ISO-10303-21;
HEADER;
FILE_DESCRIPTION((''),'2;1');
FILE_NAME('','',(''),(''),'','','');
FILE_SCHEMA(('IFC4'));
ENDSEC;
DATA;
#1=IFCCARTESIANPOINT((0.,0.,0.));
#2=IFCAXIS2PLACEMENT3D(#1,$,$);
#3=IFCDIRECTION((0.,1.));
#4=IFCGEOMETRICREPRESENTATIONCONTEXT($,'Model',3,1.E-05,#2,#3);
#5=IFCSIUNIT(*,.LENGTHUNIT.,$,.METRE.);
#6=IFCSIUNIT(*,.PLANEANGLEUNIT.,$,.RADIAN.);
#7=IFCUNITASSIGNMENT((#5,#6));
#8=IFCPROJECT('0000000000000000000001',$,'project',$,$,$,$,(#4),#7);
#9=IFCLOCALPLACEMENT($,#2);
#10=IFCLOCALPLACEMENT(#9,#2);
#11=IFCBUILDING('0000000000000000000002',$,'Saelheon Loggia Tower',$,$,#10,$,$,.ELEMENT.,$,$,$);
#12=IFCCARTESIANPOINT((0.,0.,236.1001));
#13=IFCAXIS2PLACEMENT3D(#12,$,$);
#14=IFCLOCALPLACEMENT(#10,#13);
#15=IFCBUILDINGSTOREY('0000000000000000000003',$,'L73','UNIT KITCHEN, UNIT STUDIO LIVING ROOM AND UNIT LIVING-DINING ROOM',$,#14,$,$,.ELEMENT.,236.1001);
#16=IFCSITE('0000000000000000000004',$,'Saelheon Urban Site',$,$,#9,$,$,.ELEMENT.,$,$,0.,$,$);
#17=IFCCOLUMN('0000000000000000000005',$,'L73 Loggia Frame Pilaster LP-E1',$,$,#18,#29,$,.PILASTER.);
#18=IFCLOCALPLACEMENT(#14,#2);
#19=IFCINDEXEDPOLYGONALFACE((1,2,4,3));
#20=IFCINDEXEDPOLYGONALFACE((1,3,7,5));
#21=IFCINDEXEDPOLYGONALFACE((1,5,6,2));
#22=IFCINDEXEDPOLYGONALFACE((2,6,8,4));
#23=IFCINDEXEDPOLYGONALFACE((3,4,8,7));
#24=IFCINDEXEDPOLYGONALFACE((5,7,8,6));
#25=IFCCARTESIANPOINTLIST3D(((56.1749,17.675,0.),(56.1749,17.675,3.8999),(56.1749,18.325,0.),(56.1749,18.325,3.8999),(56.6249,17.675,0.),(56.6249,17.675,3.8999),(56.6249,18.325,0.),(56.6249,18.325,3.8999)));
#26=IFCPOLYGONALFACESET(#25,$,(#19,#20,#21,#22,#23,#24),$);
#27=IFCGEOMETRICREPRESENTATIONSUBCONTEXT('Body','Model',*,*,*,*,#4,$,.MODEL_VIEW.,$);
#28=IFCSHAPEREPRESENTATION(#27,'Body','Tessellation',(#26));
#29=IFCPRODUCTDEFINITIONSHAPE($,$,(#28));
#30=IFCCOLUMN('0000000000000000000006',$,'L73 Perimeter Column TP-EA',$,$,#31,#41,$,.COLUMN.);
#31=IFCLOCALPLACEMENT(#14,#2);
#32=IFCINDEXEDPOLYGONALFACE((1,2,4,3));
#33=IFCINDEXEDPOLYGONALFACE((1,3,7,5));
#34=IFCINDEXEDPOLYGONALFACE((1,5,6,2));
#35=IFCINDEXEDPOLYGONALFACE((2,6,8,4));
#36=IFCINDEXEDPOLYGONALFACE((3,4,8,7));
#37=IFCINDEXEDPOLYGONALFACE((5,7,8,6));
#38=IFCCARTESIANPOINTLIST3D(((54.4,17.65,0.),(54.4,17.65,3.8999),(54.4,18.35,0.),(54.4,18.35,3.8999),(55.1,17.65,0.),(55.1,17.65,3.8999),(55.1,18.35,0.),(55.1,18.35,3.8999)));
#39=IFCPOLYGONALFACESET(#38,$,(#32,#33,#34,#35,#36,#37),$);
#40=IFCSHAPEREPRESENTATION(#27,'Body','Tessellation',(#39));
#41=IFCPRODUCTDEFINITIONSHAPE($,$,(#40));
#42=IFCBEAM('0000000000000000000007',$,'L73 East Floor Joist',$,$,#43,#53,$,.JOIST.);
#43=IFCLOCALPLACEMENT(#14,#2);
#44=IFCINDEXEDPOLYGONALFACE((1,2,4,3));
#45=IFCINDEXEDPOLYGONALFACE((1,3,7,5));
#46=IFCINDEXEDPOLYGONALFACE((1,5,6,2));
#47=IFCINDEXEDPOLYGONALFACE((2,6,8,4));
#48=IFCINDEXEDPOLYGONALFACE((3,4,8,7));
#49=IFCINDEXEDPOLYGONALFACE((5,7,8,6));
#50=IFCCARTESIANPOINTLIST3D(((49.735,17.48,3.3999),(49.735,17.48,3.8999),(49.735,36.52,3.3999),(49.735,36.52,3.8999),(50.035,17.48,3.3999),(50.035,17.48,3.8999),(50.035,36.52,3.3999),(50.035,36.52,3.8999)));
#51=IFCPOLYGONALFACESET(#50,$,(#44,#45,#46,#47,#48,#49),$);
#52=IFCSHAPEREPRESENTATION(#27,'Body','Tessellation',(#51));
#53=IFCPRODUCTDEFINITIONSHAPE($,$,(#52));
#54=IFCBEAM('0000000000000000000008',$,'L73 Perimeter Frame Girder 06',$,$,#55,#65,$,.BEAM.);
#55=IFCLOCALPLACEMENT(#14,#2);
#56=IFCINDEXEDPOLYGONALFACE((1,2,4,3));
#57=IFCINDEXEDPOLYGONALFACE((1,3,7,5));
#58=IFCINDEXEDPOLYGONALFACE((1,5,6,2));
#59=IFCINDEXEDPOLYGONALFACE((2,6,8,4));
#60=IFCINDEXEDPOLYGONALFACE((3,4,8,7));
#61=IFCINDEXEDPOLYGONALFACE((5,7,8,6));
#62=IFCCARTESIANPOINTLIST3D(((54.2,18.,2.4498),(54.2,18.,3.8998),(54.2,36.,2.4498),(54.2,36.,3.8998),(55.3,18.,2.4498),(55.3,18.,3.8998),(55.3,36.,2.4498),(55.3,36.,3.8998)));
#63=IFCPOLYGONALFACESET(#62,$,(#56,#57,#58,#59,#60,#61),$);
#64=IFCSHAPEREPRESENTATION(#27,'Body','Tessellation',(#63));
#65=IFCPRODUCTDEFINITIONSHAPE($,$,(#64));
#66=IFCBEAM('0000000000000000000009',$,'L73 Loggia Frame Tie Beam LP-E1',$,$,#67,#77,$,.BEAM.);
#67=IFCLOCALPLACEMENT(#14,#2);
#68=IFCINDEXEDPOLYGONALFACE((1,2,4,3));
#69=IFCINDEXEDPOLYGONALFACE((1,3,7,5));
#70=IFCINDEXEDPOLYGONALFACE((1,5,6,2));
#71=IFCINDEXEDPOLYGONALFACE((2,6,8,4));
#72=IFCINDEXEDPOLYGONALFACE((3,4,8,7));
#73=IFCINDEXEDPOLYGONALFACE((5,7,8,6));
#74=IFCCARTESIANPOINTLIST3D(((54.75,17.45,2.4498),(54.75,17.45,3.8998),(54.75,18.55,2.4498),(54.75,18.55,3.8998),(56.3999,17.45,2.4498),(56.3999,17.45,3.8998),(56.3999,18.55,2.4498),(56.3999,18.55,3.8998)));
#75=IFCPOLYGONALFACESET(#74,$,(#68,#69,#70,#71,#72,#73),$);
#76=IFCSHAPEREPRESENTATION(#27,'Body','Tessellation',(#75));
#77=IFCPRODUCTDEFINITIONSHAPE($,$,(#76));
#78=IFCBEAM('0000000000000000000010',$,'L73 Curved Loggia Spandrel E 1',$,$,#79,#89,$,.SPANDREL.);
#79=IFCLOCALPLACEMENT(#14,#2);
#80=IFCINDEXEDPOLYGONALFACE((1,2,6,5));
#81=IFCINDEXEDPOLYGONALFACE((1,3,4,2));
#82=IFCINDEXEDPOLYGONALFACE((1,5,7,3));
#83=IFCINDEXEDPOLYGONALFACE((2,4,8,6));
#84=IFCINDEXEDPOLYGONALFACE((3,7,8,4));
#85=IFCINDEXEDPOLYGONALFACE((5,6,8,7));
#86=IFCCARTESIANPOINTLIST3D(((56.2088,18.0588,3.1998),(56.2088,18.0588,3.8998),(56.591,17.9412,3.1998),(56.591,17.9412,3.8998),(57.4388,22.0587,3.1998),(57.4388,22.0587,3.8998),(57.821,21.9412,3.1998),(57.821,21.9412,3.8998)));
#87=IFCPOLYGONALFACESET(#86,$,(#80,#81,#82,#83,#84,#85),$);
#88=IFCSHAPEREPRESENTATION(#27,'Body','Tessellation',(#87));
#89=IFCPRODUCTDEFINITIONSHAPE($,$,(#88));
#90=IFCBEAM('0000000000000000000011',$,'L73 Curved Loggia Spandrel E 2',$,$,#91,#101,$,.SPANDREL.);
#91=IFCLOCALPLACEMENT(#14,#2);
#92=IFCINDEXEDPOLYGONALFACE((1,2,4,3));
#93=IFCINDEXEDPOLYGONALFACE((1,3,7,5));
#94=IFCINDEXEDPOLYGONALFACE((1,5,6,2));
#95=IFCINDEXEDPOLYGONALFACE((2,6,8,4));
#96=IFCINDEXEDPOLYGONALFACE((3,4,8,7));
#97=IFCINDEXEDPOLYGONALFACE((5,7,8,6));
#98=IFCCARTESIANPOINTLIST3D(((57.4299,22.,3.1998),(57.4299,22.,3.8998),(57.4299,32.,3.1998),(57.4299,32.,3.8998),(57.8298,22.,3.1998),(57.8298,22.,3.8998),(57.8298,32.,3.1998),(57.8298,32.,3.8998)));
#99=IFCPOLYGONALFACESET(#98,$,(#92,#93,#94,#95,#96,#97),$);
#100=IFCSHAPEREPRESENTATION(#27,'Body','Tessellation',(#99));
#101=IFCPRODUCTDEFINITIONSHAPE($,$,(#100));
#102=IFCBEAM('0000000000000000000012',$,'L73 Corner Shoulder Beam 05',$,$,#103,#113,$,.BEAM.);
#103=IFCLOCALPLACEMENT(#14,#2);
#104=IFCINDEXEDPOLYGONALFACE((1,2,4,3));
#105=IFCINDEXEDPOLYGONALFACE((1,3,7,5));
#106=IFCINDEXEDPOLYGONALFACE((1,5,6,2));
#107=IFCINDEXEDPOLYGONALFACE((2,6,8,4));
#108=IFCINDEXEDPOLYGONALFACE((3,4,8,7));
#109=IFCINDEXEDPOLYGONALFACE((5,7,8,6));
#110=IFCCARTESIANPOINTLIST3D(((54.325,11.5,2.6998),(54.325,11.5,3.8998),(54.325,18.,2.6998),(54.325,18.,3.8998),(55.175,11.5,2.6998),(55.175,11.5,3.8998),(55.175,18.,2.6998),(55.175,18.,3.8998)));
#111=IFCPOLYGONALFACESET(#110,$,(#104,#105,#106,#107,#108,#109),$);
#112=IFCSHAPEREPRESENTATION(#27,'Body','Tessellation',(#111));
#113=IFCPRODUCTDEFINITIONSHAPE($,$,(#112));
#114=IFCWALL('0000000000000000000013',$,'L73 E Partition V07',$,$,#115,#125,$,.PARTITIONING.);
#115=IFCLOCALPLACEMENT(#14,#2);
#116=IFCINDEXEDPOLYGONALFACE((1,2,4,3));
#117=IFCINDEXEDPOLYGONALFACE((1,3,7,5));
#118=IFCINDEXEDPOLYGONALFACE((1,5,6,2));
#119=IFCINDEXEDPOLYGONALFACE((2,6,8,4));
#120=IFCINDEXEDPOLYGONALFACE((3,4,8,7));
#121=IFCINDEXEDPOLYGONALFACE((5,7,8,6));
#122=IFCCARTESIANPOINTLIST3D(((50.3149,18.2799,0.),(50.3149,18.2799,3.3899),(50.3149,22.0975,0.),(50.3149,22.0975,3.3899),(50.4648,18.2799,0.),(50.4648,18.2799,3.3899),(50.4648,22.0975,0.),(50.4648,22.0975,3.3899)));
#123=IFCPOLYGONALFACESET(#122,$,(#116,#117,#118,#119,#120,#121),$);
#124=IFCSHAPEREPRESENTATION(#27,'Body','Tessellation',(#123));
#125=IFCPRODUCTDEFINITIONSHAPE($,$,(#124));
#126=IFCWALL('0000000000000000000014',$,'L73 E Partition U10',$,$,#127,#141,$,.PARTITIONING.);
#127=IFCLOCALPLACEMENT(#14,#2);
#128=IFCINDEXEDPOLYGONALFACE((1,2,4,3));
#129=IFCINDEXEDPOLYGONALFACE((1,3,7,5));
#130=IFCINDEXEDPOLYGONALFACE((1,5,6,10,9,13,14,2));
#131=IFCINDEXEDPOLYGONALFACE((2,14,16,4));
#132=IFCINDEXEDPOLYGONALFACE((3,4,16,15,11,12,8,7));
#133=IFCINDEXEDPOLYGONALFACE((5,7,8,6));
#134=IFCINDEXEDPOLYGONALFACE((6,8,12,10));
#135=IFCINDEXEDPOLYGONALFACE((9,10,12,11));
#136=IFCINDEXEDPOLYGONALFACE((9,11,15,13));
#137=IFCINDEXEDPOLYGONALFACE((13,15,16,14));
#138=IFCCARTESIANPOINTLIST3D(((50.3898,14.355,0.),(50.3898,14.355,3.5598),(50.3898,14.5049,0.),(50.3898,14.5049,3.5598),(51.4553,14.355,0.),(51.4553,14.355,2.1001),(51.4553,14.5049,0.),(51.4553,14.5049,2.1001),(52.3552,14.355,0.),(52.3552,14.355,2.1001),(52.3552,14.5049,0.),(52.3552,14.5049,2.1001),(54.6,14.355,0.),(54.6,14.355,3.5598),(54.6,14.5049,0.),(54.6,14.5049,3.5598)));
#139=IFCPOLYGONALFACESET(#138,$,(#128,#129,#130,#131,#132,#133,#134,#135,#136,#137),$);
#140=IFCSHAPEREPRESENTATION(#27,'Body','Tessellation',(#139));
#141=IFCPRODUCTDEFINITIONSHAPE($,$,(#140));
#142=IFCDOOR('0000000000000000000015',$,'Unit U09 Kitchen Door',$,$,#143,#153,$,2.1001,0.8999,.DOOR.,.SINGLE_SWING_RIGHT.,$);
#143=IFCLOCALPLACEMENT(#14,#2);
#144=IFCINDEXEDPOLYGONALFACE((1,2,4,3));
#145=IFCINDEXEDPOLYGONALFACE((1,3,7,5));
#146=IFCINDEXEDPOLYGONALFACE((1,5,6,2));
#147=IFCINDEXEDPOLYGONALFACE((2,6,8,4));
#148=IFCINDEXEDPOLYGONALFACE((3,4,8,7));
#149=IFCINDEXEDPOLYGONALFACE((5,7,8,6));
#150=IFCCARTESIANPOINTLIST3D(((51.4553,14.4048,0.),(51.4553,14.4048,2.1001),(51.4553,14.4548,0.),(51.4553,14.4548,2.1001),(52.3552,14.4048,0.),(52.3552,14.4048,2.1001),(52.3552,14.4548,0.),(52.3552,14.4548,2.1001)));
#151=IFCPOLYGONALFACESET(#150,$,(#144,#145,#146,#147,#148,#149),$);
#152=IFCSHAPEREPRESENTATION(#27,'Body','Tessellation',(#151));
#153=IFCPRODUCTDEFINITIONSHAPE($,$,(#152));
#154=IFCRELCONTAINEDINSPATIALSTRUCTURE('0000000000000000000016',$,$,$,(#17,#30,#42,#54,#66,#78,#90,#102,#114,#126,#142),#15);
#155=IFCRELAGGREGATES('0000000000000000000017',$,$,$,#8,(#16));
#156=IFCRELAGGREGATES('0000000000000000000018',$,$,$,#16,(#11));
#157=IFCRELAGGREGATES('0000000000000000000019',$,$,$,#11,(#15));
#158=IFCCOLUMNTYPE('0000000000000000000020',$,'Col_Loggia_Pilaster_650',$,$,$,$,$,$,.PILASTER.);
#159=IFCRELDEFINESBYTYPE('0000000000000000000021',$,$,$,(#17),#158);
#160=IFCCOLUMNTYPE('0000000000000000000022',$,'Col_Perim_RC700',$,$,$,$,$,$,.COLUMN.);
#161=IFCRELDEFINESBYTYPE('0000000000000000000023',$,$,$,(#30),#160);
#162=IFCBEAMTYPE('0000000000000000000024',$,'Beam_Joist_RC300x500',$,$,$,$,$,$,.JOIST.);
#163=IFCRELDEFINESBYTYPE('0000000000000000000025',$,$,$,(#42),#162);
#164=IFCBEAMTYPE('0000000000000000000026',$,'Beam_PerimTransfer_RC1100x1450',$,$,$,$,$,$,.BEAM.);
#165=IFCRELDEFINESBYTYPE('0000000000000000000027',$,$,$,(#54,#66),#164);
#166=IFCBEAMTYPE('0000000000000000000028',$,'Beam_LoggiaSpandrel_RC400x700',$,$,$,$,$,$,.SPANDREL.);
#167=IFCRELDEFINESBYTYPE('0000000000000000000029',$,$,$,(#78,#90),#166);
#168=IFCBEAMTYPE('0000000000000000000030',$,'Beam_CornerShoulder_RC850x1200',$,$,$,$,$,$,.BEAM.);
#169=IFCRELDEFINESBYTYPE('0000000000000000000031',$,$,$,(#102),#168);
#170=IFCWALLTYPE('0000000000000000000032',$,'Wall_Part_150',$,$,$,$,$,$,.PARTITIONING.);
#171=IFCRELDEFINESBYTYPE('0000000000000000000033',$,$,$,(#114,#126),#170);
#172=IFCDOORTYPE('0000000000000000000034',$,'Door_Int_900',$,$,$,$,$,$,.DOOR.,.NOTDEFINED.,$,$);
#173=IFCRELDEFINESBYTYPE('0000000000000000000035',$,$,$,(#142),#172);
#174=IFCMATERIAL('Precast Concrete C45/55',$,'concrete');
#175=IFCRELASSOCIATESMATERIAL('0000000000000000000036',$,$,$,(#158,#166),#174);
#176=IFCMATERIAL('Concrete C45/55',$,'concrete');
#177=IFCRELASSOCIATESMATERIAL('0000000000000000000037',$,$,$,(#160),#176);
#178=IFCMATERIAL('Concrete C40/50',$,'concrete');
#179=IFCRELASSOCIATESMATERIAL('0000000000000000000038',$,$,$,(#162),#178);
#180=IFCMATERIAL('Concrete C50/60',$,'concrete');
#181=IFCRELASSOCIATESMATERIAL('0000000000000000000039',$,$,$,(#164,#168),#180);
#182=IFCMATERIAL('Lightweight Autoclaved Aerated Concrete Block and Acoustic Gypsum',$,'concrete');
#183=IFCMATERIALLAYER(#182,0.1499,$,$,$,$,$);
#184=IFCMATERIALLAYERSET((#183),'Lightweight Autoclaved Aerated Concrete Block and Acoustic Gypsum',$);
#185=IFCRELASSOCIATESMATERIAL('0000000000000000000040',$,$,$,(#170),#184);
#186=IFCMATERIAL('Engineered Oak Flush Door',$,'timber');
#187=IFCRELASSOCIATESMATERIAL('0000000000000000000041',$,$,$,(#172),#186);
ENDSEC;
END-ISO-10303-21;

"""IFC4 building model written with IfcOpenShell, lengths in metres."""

from ifc_helpers import new_model, si_unit, direction, frame, frame_2d, origin, origin_2d, place, context, subcontext, project, spatial, rectangle, extrude, source, transform, mapped, material, layer, layer_set, material_profile, profile_set, type_object, element, fill, save


model = new_model("IFC4")

# Units and contexts
model_context = context("Model", 3, precision=1e-05, world=origin(), true_north=direction((0.0, 1.0)))
body_context = subcontext(model_context, "Body", "Model", "MODEL_VIEW")
ifc_project = project(units=[si_unit("LENGTHUNIT", "METRE"), si_unit("PLANEANGLEUNIT", "RADIAN")], contexts=[model_context])

# Site, building, storey
site_placement = place(None, origin())
site = spatial("IfcSite", under=ifc_project, at=site_placement, Name="Saelheon Urban Site", CompositionType="ELEMENT", RefElevation=0.0)
building_placement = place(site_placement, origin())
building = spatial("IfcBuilding", under=site, at=building_placement, Name="Saelheon Loggia Tower", CompositionType="ELEMENT")
storey_placement = place(building_placement, frame((0.0, 0.0, 236.1001)))
storey = spatial("IfcBuildingStorey", under=building, at=storey_placement, Name="L73", Description="UNIT KITCHEN, UNIT STUDIO LIVING ROOM AND UNIT LIVING-DINING ROOM", CompositionType="ELEMENT", Elevation=236.1001)

# Columns
ifc_material_1 = material(Name="Precast Concrete C45/55", Category="concrete")
ifc_material_profile_1 = material_profile(ifc_material_1, rectangle(XDim=0.45, YDim=0.6499, at=origin_2d()), Name="RC-450x650")
ifc_profile_set_1 = profile_set([ifc_material_profile_1], Name="Precast Concrete C45/55")
column_type_1 = type_object("IfcColumnType", Name="Col_Loggia_Pilaster_650", PredefinedType="PILASTER", material=ifc_profile_set_1)
shared_shape_1 = source(origin(), body_context, "Body", "SweptSolid", [
    extrude(rectangle(XDim=0.45, YDim=0.6499, at=origin_2d()), origin(), (0.0, 0.0, 1.0), 3.8999),
])
column_1_placement = place(storey_placement, frame((56.3999, 18.0, 0.0), z_axis=(0.0, 0.0, 1.0), x_axis=(1.0, 0.0, 0.0)))
element("IfcColumn", 1, at=column_1_placement, inside=storey, type_object=column_type_1, Name="L73 Loggia Frame Pilaster LP-E1", PredefinedType="PILASTER", context=body_context, shape_type="MappedRepresentation", body=[
    mapped(shared_shape_1, transform((0.0, 0.0, 0.0), scale=1.0)),
])
ifc_material_2 = material(Name="Concrete C45/55", Category="concrete")
ifc_material_profile_2 = material_profile(ifc_material_2, rectangle(XDim=0.7, YDim=0.7, at=origin_2d()), Name="RC-700x700")
ifc_profile_set_2 = profile_set([ifc_material_profile_2], Name="Concrete C45/55")
column_type_2 = type_object("IfcColumnType", Name="Col_Perim_RC700", PredefinedType="COLUMN", material=ifc_profile_set_2)
shared_shape_2 = source(origin(), body_context, "Body", "SweptSolid", [
    extrude(rectangle(XDim=0.7, YDim=0.7, at=origin_2d()), origin(), (0.0, 0.0, 1.0), 3.8999),
])
column_2_placement = place(storey_placement, frame((54.75, 18.0, 0.0), z_axis=(0.0, 0.0, 1.0), x_axis=(1.0, 0.0, 0.0)))
element("IfcColumn", 2, at=column_2_placement, inside=storey, type_object=column_type_2, Name="L73 Perimeter Column TP-EA", PredefinedType="COLUMN", context=body_context, shape_type="MappedRepresentation", body=[
    mapped(shared_shape_2, transform((0.0, 0.0, 0.0), scale=1.0)),
])

# Beams
ifc_material_3 = material(Name="Concrete C40/50", Category="concrete")
ifc_material_profile_3 = material_profile(ifc_material_3, rectangle(XDim=0.3, YDim=0.5, at=origin_2d()), Name="RC-300x500")
ifc_profile_set_3 = profile_set([ifc_material_profile_3], Name="Concrete C40/50")
beam_type_1 = type_object("IfcBeamType", Name="Beam_Joist_RC300x500", PredefinedType="JOIST", material=ifc_profile_set_3)
shared_shape_3 = source(origin(), body_context, "Body", "SweptSolid", [
    extrude(rectangle(XDim=0.3, YDim=0.5, at=origin_2d()), origin(), (0.0, 0.0, 1.0), 19.04),
])
beam_1_placement = place(storey_placement, frame((49.885, 17.48, 3.6499), z_axis=(0.0, 1.0, 0.0), x_axis=(-1.0, 0.0, 0.0)))
element("IfcBeam", 3, at=beam_1_placement, inside=storey, type_object=beam_type_1, Name="L73 East Floor Joist", PredefinedType="JOIST", context=body_context, shape_type="MappedRepresentation", body=[
    mapped(shared_shape_3, transform((0.0, 0.0, 0.0), scale=1.0)),
])
ifc_material_4 = material(Name="Concrete C50/60", Category="concrete")
ifc_material_profile_4 = material_profile(ifc_material_4, rectangle(XDim=1.1001, YDim=1.45, at=origin_2d()), Name="RC-1100x1450")
ifc_profile_set_4 = profile_set([ifc_material_profile_4], Name="Concrete C50/60")
beam_type_2 = type_object("IfcBeamType", Name="Beam_PerimTransfer_RC1100x1450", PredefinedType="BEAM", material=ifc_profile_set_4)
shared_shape_4 = source(origin(), body_context, "Body", "SweptSolid", [
    extrude(rectangle(XDim=1.1001, YDim=1.45, at=origin_2d()), origin(), (0.0, 0.0, 1.0), 18.0),
])
beam_2_placement = place(storey_placement, frame((54.75, 18.0, 3.1748), z_axis=(0.0, 1.0, 0.0), x_axis=(-1.0, 0.0, 0.0)))
element("IfcBeam", 4, at=beam_2_placement, inside=storey, type_object=beam_type_2, Name="L73 Perimeter Frame Girder 06", PredefinedType="BEAM", context=body_context, shape_type="MappedRepresentation", body=[
    mapped(shared_shape_4, transform((0.0, 0.0, 0.0), scale=1.0)),
])
shared_shape_5 = source(origin(), body_context, "Body", "SweptSolid", [
    extrude(rectangle(XDim=1.1001, YDim=1.45, at=origin_2d()), origin(), (0.0, 0.0, 1.0), 1.6499),
])
beam_3_placement = place(storey_placement, frame((54.75, 18.0, 3.1748), z_axis=(1.0, 0.0, 0.0), x_axis=(0.0, 1.0, 0.0)))
element("IfcBeam", 5, at=beam_3_placement, inside=storey, type_object=beam_type_2, Name="L73 Loggia Frame Tie Beam LP-E1", PredefinedType="BEAM", context=body_context, shape_type="MappedRepresentation", body=[
    mapped(shared_shape_5, transform((0.0, 0.0, 0.0), scale=1.0)),
])
ifc_material_profile_5 = material_profile(ifc_material_1, rectangle(XDim=0.3999, YDim=0.7, at=origin_2d()), Name="RC-400x700")
ifc_profile_set_5 = profile_set([ifc_material_profile_5], Name="Precast Concrete C45/55")
beam_type_3 = type_object("IfcBeamType", Name="Beam_LoggiaSpandrel_RC400x700", PredefinedType="SPANDREL", material=ifc_profile_set_5)
shared_shape_6 = source(origin(), body_context, "Body", "SweptSolid", [
    extrude(rectangle(XDim=0.3999, YDim=0.7, at=origin_2d()), origin(), (0.0, 0.0, 1.0), 4.1848),
])
beam_4_placement = place(storey_placement, frame((56.3999, 18.0, 3.5498), z_axis=(0.293914, 0.955832, 0.0), x_axis=(-0.955832, 0.293914, 0.0)))
element("IfcBeam", 6, at=beam_4_placement, inside=storey, type_object=beam_type_3, Name="L73 Curved Loggia Spandrel E 1", PredefinedType="SPANDREL", context=body_context, shape_type="MappedRepresentation", body=[
    mapped(shared_shape_6, transform((0.0, 0.0, 0.0), scale=1.0)),
])
shared_shape_7 = source(origin(), body_context, "Body", "SweptSolid", [
    extrude(rectangle(XDim=0.3999, YDim=0.7, at=origin_2d()), origin(), (0.0, 0.0, 1.0), 10.0),
])
beam_5_placement = place(storey_placement, frame((57.6299, 22.0, 3.5498), z_axis=(0.0, 1.0, 0.0), x_axis=(-1.0, 0.0, 0.0)))
element("IfcBeam", 7, at=beam_5_placement, inside=storey, type_object=beam_type_3, Name="L73 Curved Loggia Spandrel E 2", PredefinedType="SPANDREL", context=body_context, shape_type="MappedRepresentation", body=[
    mapped(shared_shape_7, transform((0.0, 0.0, 0.0), scale=1.0)),
])
ifc_material_profile_6 = material_profile(ifc_material_4, rectangle(XDim=0.8501, YDim=1.2, at=origin_2d()), Name="RC-850x1200")
ifc_profile_set_6 = profile_set([ifc_material_profile_6], Name="Concrete C50/60")
beam_type_4 = type_object("IfcBeamType", Name="Beam_CornerShoulder_RC850x1200", PredefinedType="BEAM", material=ifc_profile_set_6)
shared_shape_8 = source(origin(), body_context, "Body", "SweptSolid", [
    extrude(rectangle(XDim=0.8501, YDim=1.2, at=origin_2d()), origin(), (0.0, 0.0, 1.0), 6.5),
])
beam_6_placement = place(storey_placement, frame((54.75, 11.5, 3.2998), z_axis=(0.0, 1.0, 0.0), x_axis=(-1.0, 0.0, 0.0)))
element("IfcBeam", 8, at=beam_6_placement, inside=storey, type_object=beam_type_4, Name="L73 Corner Shoulder Beam 05", PredefinedType="BEAM", context=body_context, shape_type="MappedRepresentation", body=[
    mapped(shared_shape_8, transform((0.0, 0.0, 0.0), scale=1.0)),
])

# Wall
ifc_material_5 = material(Name="Lightweight Autoclaved Aerated Concrete Block and Acoustic Gypsum", Category="concrete")
ifc_layer_1 = layer(ifc_material_5, 0.1499)
ifc_layer_set_1 = layer_set([ifc_layer_1], Name="Lightweight Autoclaved Aerated Concrete Block and Acoustic Gypsum")
wall_type_1 = type_object("IfcWallType", Name="Wall_Part_150", PredefinedType="PARTITIONING", material=ifc_layer_set_1)
wall_1_placement = place(storey_placement, frame((50.3899, 18.28, 0.0), z_axis=(0.0, 0.0, 1.0), x_axis=(0.0, 1.0, 0.0)))
element("IfcWall", 9, at=wall_1_placement, inside=storey, type_object=wall_type_1, Name="L73 E Partition V07", PredefinedType="PARTITIONING", context=body_context, shape_type="SweptSolid", body=[
    extrude(rectangle(XDim=3.8176, YDim=0.1499, at=frame_2d((1.9087, 0.0))), origin(), (0.0, 0.0, 1.0), 3.3899),
])

# Wall, opening, door
wall_2_placement = place(storey_placement, frame((50.3899, 14.4299, 0.0), z_axis=(0.0, 0.0, 1.0), x_axis=(1.0, 0.0, 0.0)))
wall_2 = element("IfcWall", 10, at=wall_2_placement, inside=storey, type_object=wall_type_1, Name="L73 E Partition U10", PredefinedType="PARTITIONING", context=body_context, shape_type="SweptSolid", body=[
    extrude(rectangle(XDim=4.2102, YDim=0.1499, at=frame_2d((2.105, 0.0))), origin(), (0.0, 0.0, 1.0), 3.5598),
])
opening_1_placement = place(wall_2_placement, frame((1.0654, 0.0, 0.0)))
opening_1 = element("IfcOpeningElement", 11, at=opening_1_placement, cuts=wall_2, PredefinedType="OPENING", context=body_context, shape_type="SweptSolid", body=[
    extrude(rectangle(XDim=0.8999, YDim=2.1001, at=frame_2d((0.45, 1.05))), frame((0.0, 0.0869, 0.0), z_axis=(0.0, -1.0, 0.0), x_axis=(1.0, 0.0, 0.0)), (0.0, 0.0, 1.0), 0.1738),
])
ifc_material_6 = material(Name="Engineered Oak Flush Door", Category="timber")
door_type = type_object("IfcDoorType", Name="Door_Int_900", OperationType="NOTDEFINED", PredefinedType="DOOR", material=ifc_material_6)
shared_shape_9 = source(origin(), body_context, "Body", "SweptSolid", [
    extrude(rectangle(XDim=0.8999, YDim=2.1001, at=frame_2d((0.45, 1.05))), frame((0.0, 0.0249, 0.0), z_axis=(0.0, -1.0, 0.0), x_axis=(1.0, 0.0, 0.0)), (0.0, 0.0, 1.0), 0.05),
])
door_1_placement = place(opening_1_placement, origin())
door_1 = element("IfcDoor", 12, at=door_1_placement, inside=storey, type_object=door_type, Name="Unit U09 Kitchen Door", OperationType="SINGLE_SWING_RIGHT", OverallHeight=2.1001, OverallWidth=0.8999, PredefinedType="DOOR", context=body_context, shape_type="MappedRepresentation", body=[
    mapped(shared_shape_9, transform((0.0, 0.0, 0.0), scale=1.0)),
])
fill(opening_1, door_1)

save(model, "model.ifc")
